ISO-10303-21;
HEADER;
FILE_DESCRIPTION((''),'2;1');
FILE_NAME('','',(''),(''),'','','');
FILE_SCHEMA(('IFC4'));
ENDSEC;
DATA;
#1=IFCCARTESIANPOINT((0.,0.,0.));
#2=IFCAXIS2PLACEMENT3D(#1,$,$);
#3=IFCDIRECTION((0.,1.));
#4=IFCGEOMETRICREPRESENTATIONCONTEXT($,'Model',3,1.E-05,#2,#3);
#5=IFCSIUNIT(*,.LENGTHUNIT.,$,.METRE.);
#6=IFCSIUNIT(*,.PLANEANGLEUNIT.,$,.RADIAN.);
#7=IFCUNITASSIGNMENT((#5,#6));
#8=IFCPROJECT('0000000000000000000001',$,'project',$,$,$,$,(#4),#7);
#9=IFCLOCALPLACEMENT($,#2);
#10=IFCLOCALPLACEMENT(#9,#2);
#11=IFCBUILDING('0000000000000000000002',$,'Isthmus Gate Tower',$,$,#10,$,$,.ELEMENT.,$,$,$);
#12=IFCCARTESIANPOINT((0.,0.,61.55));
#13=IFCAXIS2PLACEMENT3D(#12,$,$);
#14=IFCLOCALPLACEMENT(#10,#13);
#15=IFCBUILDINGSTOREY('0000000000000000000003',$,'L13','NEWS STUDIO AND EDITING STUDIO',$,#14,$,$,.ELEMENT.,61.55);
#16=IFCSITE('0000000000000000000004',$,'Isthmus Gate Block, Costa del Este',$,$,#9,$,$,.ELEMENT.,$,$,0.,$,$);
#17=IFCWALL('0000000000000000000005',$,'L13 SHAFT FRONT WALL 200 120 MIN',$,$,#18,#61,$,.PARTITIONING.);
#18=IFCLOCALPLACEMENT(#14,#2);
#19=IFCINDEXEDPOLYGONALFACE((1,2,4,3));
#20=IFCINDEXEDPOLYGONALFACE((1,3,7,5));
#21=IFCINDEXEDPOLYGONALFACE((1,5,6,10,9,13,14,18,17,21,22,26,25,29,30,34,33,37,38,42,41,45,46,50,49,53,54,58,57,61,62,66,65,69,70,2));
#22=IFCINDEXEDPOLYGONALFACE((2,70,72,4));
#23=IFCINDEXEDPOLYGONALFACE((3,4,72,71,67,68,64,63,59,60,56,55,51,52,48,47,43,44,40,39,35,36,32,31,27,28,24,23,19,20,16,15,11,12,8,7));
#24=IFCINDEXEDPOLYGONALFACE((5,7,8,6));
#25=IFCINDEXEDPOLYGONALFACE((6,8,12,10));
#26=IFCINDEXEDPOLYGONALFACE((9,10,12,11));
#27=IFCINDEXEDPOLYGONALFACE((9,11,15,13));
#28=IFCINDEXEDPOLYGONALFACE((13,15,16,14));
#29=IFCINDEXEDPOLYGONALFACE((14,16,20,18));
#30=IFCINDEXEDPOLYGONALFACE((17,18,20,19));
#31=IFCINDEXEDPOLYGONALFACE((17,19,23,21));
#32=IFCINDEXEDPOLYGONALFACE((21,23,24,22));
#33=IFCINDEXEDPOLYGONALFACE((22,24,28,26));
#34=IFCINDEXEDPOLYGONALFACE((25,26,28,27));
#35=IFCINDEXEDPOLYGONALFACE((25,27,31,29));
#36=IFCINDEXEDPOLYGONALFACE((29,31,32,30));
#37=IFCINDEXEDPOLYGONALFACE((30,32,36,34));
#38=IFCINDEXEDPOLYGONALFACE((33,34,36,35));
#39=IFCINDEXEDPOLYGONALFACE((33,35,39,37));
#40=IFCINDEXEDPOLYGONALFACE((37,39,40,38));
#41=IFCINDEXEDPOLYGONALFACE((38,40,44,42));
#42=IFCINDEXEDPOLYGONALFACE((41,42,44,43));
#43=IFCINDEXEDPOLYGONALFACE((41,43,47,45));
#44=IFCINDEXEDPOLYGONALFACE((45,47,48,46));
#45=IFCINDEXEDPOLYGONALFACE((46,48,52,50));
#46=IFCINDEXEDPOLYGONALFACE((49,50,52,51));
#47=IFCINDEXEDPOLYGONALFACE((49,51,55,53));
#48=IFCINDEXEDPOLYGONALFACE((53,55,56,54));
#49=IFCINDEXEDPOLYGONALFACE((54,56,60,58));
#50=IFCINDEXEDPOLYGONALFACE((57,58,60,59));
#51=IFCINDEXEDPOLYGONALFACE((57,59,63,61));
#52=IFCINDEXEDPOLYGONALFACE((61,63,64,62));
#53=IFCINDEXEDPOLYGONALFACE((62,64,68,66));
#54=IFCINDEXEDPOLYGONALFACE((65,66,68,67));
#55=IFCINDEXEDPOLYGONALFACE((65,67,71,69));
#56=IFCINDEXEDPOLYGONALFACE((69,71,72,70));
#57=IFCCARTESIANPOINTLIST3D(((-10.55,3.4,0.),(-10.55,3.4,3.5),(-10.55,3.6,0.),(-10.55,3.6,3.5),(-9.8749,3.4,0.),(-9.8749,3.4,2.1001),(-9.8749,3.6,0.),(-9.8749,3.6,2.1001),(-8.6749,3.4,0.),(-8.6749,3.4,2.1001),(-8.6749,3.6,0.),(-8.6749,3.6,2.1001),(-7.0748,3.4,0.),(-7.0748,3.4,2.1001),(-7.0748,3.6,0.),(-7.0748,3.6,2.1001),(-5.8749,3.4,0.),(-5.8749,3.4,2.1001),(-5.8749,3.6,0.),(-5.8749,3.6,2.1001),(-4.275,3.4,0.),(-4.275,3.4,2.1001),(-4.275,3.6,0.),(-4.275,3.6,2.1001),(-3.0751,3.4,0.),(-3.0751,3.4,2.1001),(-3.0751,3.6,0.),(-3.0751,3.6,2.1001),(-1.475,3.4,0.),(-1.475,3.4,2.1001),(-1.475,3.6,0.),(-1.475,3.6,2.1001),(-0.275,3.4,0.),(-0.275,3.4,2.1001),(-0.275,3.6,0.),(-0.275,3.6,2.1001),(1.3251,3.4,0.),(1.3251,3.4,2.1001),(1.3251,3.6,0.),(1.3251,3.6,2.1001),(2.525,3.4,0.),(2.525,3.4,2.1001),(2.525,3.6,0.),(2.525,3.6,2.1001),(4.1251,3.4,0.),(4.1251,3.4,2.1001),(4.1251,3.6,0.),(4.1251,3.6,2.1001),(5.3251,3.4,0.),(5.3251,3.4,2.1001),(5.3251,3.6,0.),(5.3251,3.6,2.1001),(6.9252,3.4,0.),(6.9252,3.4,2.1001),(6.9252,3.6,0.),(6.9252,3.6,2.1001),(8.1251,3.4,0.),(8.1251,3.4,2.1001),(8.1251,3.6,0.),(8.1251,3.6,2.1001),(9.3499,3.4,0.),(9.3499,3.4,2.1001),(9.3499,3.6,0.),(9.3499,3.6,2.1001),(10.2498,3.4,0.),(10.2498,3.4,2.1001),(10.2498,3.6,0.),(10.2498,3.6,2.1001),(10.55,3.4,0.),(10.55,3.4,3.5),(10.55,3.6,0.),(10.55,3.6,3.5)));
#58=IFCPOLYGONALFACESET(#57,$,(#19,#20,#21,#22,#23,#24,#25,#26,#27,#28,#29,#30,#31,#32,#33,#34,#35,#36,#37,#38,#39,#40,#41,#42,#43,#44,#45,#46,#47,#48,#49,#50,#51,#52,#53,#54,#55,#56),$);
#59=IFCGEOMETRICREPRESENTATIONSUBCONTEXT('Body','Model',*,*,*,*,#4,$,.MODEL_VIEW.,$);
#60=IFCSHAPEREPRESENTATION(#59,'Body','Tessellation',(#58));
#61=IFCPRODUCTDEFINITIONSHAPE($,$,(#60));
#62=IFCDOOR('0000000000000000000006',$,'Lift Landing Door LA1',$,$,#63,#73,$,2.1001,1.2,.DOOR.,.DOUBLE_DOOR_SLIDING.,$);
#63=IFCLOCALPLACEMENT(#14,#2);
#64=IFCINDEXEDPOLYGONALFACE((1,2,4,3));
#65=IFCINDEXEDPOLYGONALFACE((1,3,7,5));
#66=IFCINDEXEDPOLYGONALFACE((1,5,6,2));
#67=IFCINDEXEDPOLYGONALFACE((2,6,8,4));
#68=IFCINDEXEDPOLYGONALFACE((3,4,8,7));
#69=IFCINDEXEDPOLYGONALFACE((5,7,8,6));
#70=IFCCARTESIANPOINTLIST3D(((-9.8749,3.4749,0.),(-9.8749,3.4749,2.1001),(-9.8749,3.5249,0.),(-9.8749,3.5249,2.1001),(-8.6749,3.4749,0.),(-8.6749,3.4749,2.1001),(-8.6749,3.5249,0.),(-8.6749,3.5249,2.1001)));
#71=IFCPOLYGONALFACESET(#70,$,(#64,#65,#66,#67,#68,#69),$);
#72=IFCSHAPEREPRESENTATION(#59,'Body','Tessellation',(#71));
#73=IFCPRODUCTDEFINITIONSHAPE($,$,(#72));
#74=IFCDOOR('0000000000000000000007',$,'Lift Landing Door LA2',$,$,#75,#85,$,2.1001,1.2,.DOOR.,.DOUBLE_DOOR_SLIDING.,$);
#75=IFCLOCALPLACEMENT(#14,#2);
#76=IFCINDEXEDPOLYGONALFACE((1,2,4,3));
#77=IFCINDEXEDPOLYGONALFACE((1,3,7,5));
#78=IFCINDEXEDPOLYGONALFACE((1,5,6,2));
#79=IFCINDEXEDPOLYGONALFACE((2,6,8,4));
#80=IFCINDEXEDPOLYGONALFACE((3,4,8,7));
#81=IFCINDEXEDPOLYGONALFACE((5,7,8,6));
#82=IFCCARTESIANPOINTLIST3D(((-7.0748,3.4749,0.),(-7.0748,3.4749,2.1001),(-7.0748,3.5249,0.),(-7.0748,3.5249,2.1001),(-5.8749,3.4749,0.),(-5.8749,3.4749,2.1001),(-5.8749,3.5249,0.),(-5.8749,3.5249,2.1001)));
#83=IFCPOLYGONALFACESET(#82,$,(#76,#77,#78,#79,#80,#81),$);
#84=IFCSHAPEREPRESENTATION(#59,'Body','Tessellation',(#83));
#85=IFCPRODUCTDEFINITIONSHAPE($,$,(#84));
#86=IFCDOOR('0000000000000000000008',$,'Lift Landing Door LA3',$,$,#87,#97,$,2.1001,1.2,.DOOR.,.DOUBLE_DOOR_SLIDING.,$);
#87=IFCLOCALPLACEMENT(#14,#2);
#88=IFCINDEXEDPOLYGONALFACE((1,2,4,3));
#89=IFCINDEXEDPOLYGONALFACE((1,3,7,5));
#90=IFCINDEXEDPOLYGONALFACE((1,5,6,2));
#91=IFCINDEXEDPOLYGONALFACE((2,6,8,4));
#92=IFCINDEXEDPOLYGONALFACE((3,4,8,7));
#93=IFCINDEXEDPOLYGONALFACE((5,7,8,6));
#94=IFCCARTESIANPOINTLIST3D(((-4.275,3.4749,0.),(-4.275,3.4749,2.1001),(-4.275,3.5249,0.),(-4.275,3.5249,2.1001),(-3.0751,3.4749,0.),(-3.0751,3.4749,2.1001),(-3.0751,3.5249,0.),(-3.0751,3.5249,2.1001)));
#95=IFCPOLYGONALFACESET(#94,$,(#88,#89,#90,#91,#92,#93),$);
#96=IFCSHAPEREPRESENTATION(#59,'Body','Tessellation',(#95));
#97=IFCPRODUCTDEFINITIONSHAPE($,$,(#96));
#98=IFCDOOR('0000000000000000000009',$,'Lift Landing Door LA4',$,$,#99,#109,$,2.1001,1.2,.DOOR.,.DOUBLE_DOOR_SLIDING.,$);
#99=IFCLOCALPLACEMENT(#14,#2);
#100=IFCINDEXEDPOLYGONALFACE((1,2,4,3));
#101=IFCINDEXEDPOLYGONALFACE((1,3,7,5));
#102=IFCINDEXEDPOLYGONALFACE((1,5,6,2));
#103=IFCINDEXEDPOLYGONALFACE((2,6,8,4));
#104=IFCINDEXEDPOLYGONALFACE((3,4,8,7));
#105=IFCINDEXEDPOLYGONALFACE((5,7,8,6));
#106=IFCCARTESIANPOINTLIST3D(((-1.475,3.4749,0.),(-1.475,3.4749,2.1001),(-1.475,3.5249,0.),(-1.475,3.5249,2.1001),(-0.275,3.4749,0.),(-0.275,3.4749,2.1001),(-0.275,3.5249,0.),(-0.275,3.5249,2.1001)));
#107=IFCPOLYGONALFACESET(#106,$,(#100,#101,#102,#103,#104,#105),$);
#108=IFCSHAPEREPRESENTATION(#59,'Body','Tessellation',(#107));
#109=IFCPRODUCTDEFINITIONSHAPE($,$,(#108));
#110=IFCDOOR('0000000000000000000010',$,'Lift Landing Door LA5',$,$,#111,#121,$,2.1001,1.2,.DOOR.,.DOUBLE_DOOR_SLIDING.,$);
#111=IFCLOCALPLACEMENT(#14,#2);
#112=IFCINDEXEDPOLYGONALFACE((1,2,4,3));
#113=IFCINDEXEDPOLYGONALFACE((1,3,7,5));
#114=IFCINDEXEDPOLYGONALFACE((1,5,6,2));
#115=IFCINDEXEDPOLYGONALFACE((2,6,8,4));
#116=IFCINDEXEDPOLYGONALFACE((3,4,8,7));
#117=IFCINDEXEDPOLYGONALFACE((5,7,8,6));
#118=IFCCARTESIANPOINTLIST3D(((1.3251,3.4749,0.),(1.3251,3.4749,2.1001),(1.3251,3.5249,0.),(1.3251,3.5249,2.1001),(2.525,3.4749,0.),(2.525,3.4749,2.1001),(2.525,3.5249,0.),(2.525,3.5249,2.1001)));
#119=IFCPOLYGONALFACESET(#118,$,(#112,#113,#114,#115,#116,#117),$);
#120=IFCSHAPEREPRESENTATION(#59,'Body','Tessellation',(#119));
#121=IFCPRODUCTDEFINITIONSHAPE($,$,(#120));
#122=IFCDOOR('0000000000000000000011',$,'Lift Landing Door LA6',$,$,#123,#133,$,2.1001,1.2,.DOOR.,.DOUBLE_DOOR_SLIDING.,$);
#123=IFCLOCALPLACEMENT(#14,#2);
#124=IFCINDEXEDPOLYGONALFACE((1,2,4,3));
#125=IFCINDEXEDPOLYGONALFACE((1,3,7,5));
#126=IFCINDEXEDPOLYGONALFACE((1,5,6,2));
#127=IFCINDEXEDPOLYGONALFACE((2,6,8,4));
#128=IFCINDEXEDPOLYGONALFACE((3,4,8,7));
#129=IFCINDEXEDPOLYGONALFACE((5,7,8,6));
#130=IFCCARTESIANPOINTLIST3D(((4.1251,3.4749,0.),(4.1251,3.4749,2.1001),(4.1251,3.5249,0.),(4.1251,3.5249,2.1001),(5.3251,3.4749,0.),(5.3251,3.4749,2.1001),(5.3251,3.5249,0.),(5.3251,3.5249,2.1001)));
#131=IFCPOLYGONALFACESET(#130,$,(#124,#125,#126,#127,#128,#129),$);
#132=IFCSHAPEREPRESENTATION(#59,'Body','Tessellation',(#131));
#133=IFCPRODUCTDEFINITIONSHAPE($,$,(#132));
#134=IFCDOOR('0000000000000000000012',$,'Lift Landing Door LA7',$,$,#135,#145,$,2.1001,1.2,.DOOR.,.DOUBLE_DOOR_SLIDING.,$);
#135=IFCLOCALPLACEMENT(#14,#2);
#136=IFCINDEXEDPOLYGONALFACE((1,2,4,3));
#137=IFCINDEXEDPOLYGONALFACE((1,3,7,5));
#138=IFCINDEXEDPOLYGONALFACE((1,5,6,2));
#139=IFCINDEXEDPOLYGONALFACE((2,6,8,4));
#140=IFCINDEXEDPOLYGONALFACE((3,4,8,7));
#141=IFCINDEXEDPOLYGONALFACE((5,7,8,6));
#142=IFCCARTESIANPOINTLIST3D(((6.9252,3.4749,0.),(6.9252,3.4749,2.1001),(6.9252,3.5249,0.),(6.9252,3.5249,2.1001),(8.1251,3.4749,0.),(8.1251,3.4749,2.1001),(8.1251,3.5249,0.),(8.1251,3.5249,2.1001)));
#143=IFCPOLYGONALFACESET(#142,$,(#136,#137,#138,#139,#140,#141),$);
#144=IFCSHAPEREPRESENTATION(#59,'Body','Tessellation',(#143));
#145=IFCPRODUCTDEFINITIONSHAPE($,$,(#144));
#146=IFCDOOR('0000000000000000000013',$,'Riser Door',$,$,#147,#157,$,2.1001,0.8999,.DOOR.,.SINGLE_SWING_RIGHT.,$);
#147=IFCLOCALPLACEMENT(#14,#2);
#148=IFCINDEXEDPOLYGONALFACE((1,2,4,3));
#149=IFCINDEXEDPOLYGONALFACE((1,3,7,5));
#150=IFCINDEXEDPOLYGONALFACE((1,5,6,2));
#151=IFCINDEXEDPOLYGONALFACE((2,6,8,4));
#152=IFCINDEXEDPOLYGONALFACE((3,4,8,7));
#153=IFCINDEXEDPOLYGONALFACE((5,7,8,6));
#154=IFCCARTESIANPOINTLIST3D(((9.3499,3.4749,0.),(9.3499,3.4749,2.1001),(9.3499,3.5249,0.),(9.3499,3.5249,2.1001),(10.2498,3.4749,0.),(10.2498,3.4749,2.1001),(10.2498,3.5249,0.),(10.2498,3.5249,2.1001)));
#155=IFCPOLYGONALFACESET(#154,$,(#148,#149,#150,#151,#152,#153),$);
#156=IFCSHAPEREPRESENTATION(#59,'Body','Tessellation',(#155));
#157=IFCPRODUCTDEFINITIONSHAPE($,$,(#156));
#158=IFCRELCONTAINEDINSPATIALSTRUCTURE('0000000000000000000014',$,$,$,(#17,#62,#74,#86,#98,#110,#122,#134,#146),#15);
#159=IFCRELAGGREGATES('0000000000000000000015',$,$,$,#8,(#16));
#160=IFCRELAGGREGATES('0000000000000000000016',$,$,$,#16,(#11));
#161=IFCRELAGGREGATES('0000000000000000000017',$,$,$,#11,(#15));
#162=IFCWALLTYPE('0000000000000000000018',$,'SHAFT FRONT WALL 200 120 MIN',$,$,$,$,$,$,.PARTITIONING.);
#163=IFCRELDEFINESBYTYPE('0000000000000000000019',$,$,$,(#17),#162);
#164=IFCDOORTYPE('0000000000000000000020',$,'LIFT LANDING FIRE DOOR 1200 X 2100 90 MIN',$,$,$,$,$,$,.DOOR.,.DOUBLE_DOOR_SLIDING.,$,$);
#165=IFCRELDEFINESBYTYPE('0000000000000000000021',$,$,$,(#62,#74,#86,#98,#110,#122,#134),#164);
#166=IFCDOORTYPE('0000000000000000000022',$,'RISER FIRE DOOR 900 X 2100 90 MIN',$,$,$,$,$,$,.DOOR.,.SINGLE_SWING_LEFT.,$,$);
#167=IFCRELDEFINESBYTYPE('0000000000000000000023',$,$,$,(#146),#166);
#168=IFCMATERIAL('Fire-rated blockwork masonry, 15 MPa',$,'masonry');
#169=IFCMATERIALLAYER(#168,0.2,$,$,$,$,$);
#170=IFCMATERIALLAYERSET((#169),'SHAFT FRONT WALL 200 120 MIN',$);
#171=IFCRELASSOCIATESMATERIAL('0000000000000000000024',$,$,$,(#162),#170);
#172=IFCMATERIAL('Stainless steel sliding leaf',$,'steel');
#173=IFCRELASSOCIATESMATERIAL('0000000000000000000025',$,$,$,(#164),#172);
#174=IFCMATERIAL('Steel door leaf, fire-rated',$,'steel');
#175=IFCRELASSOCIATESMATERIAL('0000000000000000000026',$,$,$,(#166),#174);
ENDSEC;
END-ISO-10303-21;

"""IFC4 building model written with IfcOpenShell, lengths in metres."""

from ifc_helpers import new_model, si_unit, direction, frame, frame_2d, origin, place, context, subcontext, project, spatial, rectangle, extrude, material, layer, layer_set, type_object, element, fill, save


model = new_model("IFC4")

# Units and contexts
model_context = context("Model", 3, precision=1e-05, world=origin(), true_north=direction((0.0, 1.0)))
body_context = subcontext(model_context, "Body", "Model", "MODEL_VIEW")
ifc_project = project(units=[si_unit("LENGTHUNIT", "METRE"), si_unit("PLANEANGLEUNIT", "RADIAN")], contexts=[model_context])

# Site, building, storey
site_placement = place(None, origin())
site = spatial("IfcSite", under=ifc_project, at=site_placement, Name="Isthmus Gate Block, Costa del Este", CompositionType="ELEMENT", RefElevation=0.0)
building_placement = place(site_placement, origin())
building = spatial("IfcBuilding", under=site, at=building_placement, Name="Isthmus Gate Tower", CompositionType="ELEMENT")
storey_placement = place(building_placement, frame((0.0, 0.0, 61.55)))
storey = spatial("IfcBuildingStorey", under=building, at=storey_placement, Name="L13", Description="NEWS STUDIO AND EDITING STUDIO", CompositionType="ELEMENT", Elevation=61.55)

# Wall, openings, doors
ifc_material_1 = material(Name="Fire-rated blockwork masonry, 15 MPa", Category="masonry")
ifc_layer_1 = layer(ifc_material_1, 0.2)
ifc_layer_set_1 = layer_set([ifc_layer_1], Name="SHAFT FRONT WALL 200 120 MIN")
wall_type_1 = type_object("IfcWallType", Name="SHAFT FRONT WALL 200 120 MIN", PredefinedType="PARTITIONING", material=ifc_layer_set_1)
wall_1_placement = place(storey_placement, frame((-10.55, 3.5, 0.0), z_axis=(0.0, 0.0, 1.0), x_axis=(1.0, 0.0, 0.0)))
wall_1 = element("IfcWall", 1, at=wall_1_placement, inside=storey, type_object=wall_type_1, Name="L13 SHAFT FRONT WALL 200 120 MIN", PredefinedType="PARTITIONING", context=body_context, shape_type="SweptSolid", body=[
    extrude(rectangle(XDim=21.1001, YDim=0.2, at=frame_2d((10.55, 0.0))), origin(), (0.0, 0.0, 1.0), 3.5),
])
opening_1_placement = place(wall_1_placement, frame((0.675, 0.0, 0.0)))
opening_1 = element("IfcOpeningElement", 2, at=opening_1_placement, cuts=wall_1, PredefinedType="OPENING", context=body_context, shape_type="SweptSolid", body=[
    extrude(rectangle(XDim=1.2, YDim=2.1001, at=frame_2d((0.6001, 1.05))), frame((0.0, 0.1099, 0.0), z_axis=(0.0, -1.0, 0.0), x_axis=(1.0, 0.0, 0.0)), (0.0, 0.0, 1.0), 0.22),
])
opening_2_placement = place(wall_1_placement, frame((3.4751, 0.0, 0.0)))
opening_2 = element("IfcOpeningElement", 3, at=opening_2_placement, cuts=wall_1, PredefinedType="OPENING", context=body_context, shape_type="SweptSolid", body=[
    extrude(rectangle(XDim=1.2, YDim=2.1001, at=frame_2d((0.6001, 1.05))), frame((0.0, 0.1099, 0.0), z_axis=(0.0, -1.0, 0.0), x_axis=(1.0, 0.0, 0.0)), (0.0, 0.0, 1.0), 0.22),
])
opening_3_placement = place(wall_1_placement, frame((6.2749, 0.0, 0.0)))
opening_3 = element("IfcOpeningElement", 4, at=opening_3_placement, cuts=wall_1, PredefinedType="OPENING", context=body_context, shape_type="SweptSolid", body=[
    extrude(rectangle(XDim=1.2, YDim=2.1001, at=frame_2d((0.6001, 1.05))), frame((0.0, 0.1099, 0.0), z_axis=(0.0, -1.0, 0.0), x_axis=(1.0, 0.0, 0.0)), (0.0, 0.0, 1.0), 0.22),
])
opening_4_placement = place(wall_1_placement, frame((9.075, 0.0, 0.0)))
opening_4 = element("IfcOpeningElement", 5, at=opening_4_placement, cuts=wall_1, PredefinedType="OPENING", context=body_context, shape_type="SweptSolid", body=[
    extrude(rectangle(XDim=1.2, YDim=2.1001, at=frame_2d((0.6001, 1.05))), frame((0.0, 0.1099, 0.0), z_axis=(0.0, -1.0, 0.0), x_axis=(1.0, 0.0, 0.0)), (0.0, 0.0, 1.0), 0.22),
])
opening_5_placement = place(wall_1_placement, frame((11.875, 0.0, 0.0)))
opening_5 = element("IfcOpeningElement", 6, at=opening_5_placement, cuts=wall_1, PredefinedType="OPENING", context=body_context, shape_type="SweptSolid", body=[
    extrude(rectangle(XDim=1.2, YDim=2.1001, at=frame_2d((0.6001, 1.05))), frame((0.0, 0.1099, 0.0), z_axis=(0.0, -1.0, 0.0), x_axis=(1.0, 0.0, 0.0)), (0.0, 0.0, 1.0), 0.22),
])
opening_6_placement = place(wall_1_placement, frame((14.675, 0.0, 0.0)))
opening_6 = element("IfcOpeningElement", 7, at=opening_6_placement, cuts=wall_1, PredefinedType="OPENING", context=body_context, shape_type="SweptSolid", body=[
    extrude(rectangle(XDim=1.2, YDim=2.1001, at=frame_2d((0.6001, 1.05))), frame((0.0, 0.1099, 0.0), z_axis=(0.0, -1.0, 0.0), x_axis=(1.0, 0.0, 0.0)), (0.0, 0.0, 1.0), 0.22),
])
opening_7_placement = place(wall_1_placement, frame((17.4751, 0.0, 0.0)))
opening_7 = element("IfcOpeningElement", 8, at=opening_7_placement, cuts=wall_1, PredefinedType="OPENING", context=body_context, shape_type="SweptSolid", body=[
    extrude(rectangle(XDim=1.2, YDim=2.1001, at=frame_2d((0.6001, 1.05))), frame((0.0, 0.1099, 0.0), z_axis=(0.0, -1.0, 0.0), x_axis=(1.0, 0.0, 0.0)), (0.0, 0.0, 1.0), 0.22),
])
opening_8_placement = place(wall_1_placement, frame((19.8999, 0.0, 0.0)))
opening_8 = element("IfcOpeningElement", 9, at=opening_8_placement, cuts=wall_1, PredefinedType="OPENING", context=body_context, shape_type="SweptSolid", body=[
    extrude(rectangle(XDim=0.8999, YDim=2.1001, at=frame_2d((0.45, 1.05))), frame((0.0, 0.1099, 0.0), z_axis=(0.0, -1.0, 0.0), x_axis=(1.0, 0.0, 0.0)), (0.0, 0.0, 1.0), 0.22),
])
ifc_material_2 = material(Name="Stainless steel sliding leaf", Category="steel")
door_type_1 = type_object("IfcDoorType", Name="LIFT LANDING FIRE DOOR 1200 X 2100 90 MIN", OperationType="DOUBLE_DOOR_SLIDING", PredefinedType="DOOR", material=ifc_material_2)
door_1_placement = place(opening_1_placement, origin())
door_1 = element("IfcDoor", 10, at=door_1_placement, inside=storey, type_object=door_type_1, Name="Lift Landing Door LA1", OperationType="DOUBLE_DOOR_SLIDING", OverallHeight=2.1001, OverallWidth=1.2, PredefinedType="DOOR", context=body_context, shape_type="SweptSolid", body=[
    extrude(rectangle(XDim=1.2, YDim=2.1001, at=frame_2d((0.6001, 1.05))), frame((0.0, 0.0249, 0.0), z_axis=(0.0, -1.0, 0.0), x_axis=(1.0, 0.0, 0.0)), (0.0, 0.0, 1.0), 0.05),
])
fill(opening_1, door_1)
door_2_placement = place(opening_2_placement, origin())
door_2 = element("IfcDoor", 11, at=door_2_placement, inside=storey, type_object=door_type_1, Name="Lift Landing Door LA2", OperationType="DOUBLE_DOOR_SLIDING", OverallHeight=2.1001, OverallWidth=1.2, PredefinedType="DOOR", context=body_context, shape_type="SweptSolid", body=[
    extrude(rectangle(XDim=1.2, YDim=2.1001, at=frame_2d((0.6001, 1.05))), frame((0.0, 0.0249, 0.0), z_axis=(0.0, -1.0, 0.0), x_axis=(1.0, 0.0, 0.0)), (0.0, 0.0, 1.0), 0.05),
])
fill(opening_2, door_2)
door_3_placement = place(opening_3_placement, origin())
door_3 = element("IfcDoor", 12, at=door_3_placement, inside=storey, type_object=door_type_1, Name="Lift Landing Door LA3", OperationType="DOUBLE_DOOR_SLIDING", OverallHeight=2.1001, OverallWidth=1.2, PredefinedType="DOOR", context=body_context, shape_type="SweptSolid", body=[
    extrude(rectangle(XDim=1.2, YDim=2.1001, at=frame_2d((0.6001, 1.05))), frame((0.0, 0.0249, 0.0), z_axis=(0.0, -1.0, 0.0), x_axis=(1.0, 0.0, 0.0)), (0.0, 0.0, 1.0), 0.05),
])
fill(opening_3, door_3)
door_4_placement = place(opening_4_placement, origin())
door_4 = element("IfcDoor", 13, at=door_4_placement, inside=storey, type_object=door_type_1, Name="Lift Landing Door LA4", OperationType="DOUBLE_DOOR_SLIDING", OverallHeight=2.1001, OverallWidth=1.2, PredefinedType="DOOR", context=body_context, shape_type="SweptSolid", body=[
    extrude(rectangle(XDim=1.2, YDim=2.1001, at=frame_2d((0.6001, 1.05))), frame((0.0, 0.0249, 0.0), z_axis=(0.0, -1.0, 0.0), x_axis=(1.0, 0.0, 0.0)), (0.0, 0.0, 1.0), 0.05),
])
fill(opening_4, door_4)
door_5_placement = place(opening_5_placement, origin())
door_5 = element("IfcDoor", 14, at=door_5_placement, inside=storey, type_object=door_type_1, Name="Lift Landing Door LA5", OperationType="DOUBLE_DOOR_SLIDING", OverallHeight=2.1001, OverallWidth=1.2, PredefinedType="DOOR", context=body_context, shape_type="SweptSolid", body=[
    extrude(rectangle(XDim=1.2, YDim=2.1001, at=frame_2d((0.6001, 1.05))), frame((0.0, 0.0249, 0.0), z_axis=(0.0, -1.0, 0.0), x_axis=(1.0, 0.0, 0.0)), (0.0, 0.0, 1.0), 0.05),
])
fill(opening_5, door_5)
door_6_placement = place(opening_6_placement, origin())
door_6 = element("IfcDoor", 15, at=door_6_placement, inside=storey, type_object=door_type_1, Name="Lift Landing Door LA6", OperationType="DOUBLE_DOOR_SLIDING", OverallHeight=2.1001, OverallWidth=1.2, PredefinedType="DOOR", context=body_context, shape_type="SweptSolid", body=[
    extrude(rectangle(XDim=1.2, YDim=2.1001, at=frame_2d((0.6001, 1.05))), frame((0.0, 0.0249, 0.0), z_axis=(0.0, -1.0, 0.0), x_axis=(1.0, 0.0, 0.0)), (0.0, 0.0, 1.0), 0.05),
])
fill(opening_6, door_6)
door_7_placement = place(opening_7_placement, origin())
door_7 = element("IfcDoor", 16, at=door_7_placement, inside=storey, type_object=door_type_1, Name="Lift Landing Door LA7", OperationType="DOUBLE_DOOR_SLIDING", OverallHeight=2.1001, OverallWidth=1.2, PredefinedType="DOOR", context=body_context, shape_type="SweptSolid", body=[
    extrude(rectangle(XDim=1.2, YDim=2.1001, at=frame_2d((0.6001, 1.05))), frame((0.0, 0.0249, 0.0), z_axis=(0.0, -1.0, 0.0), x_axis=(1.0, 0.0, 0.0)), (0.0, 0.0, 1.0), 0.05),
])
fill(opening_7, door_7)
ifc_material_3 = material(Name="Steel door leaf, fire-rated", Category="steel")
door_type_2 = type_object("IfcDoorType", Name="RISER FIRE DOOR 900 X 2100 90 MIN", OperationType="SINGLE_SWING_LEFT", PredefinedType="DOOR", material=ifc_material_3)
door_8_placement = place(opening_8_placement, origin())
door_8 = element("IfcDoor", 17, at=door_8_placement, inside=storey, type_object=door_type_2, Name="Riser Door", OperationType="SINGLE_SWING_RIGHT", OverallHeight=2.1001, OverallWidth=0.8999, PredefinedType="DOOR", context=body_context, shape_type="SweptSolid", body=[
    extrude(rectangle(XDim=0.8999, YDim=2.1001, at=frame_2d((0.45, 1.05))), frame((0.0, 0.0249, 0.0), z_axis=(0.0, -1.0, 0.0), x_axis=(1.0, 0.0, 0.0)), (0.0, 0.0, 1.0), 0.05),
])
fill(opening_8, door_8)

save(model, "model.ifc")
